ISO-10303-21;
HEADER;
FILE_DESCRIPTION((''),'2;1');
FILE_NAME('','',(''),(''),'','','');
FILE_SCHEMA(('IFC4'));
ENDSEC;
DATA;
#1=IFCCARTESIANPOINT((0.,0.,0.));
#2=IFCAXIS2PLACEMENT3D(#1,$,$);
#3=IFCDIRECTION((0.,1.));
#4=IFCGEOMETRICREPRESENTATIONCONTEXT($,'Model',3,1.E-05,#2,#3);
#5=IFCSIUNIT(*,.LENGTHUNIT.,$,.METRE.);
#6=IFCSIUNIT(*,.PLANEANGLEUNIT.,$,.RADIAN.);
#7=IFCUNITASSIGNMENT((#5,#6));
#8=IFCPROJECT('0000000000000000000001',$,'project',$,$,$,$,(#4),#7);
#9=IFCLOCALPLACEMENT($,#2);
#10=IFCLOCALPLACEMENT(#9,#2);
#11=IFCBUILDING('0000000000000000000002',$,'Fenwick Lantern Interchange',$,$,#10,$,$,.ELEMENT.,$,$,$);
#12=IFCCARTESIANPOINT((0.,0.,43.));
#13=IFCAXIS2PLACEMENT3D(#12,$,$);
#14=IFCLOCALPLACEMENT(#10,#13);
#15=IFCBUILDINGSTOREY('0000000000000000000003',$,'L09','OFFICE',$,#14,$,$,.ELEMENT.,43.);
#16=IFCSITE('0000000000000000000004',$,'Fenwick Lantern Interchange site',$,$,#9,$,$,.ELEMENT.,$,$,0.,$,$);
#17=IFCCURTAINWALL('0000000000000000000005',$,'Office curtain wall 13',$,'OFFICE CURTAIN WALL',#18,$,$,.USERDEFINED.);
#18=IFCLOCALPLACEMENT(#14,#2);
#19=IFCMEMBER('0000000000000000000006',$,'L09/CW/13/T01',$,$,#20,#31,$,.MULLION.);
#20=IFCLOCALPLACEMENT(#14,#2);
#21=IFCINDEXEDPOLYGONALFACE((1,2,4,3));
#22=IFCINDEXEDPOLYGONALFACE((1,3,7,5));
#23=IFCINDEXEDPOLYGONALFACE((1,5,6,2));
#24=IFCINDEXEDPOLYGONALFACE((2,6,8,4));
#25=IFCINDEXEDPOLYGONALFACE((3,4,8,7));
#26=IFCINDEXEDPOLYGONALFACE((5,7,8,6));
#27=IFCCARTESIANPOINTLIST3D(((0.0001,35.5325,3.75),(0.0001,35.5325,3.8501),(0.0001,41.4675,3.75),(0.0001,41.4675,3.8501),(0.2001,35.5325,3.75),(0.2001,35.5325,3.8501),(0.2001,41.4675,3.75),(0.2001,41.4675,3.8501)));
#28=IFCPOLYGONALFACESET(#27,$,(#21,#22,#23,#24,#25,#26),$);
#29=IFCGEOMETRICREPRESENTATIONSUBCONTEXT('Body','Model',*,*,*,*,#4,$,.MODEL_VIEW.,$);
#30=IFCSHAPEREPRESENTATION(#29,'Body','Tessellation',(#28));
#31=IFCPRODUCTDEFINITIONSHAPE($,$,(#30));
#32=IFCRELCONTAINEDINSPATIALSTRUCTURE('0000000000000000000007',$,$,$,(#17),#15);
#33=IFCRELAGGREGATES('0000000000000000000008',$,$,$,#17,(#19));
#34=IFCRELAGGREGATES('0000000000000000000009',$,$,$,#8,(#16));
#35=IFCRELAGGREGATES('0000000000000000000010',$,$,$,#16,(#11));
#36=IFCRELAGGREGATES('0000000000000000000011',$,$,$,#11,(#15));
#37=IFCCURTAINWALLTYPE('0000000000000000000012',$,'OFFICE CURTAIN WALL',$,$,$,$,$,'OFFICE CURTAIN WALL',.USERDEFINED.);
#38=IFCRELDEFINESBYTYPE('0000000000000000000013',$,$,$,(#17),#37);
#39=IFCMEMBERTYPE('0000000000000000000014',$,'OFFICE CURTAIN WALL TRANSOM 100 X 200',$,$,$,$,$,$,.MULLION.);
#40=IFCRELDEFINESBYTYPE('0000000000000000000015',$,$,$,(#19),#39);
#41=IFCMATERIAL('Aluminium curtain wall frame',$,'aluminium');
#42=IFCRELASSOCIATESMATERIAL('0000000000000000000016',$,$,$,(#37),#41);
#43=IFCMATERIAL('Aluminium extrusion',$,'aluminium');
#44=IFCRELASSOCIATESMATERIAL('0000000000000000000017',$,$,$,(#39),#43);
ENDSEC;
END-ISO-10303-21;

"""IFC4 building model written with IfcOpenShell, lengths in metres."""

from ifc_helpers import new_model, si_unit, direction, frame, origin, origin_2d, place, context, subcontext, project, spatial, rectangle, extrude, material, material_profile, profile_set, type_object, element, aggregate, save


model = new_model("IFC4")

# Units and contexts
model_context = context("Model", 3, precision=1e-05, world=origin(), true_north=direction((0.0, 1.0)))
body_context = subcontext(model_context, "Body", "Model", "MODEL_VIEW")
ifc_project = project(units=[si_unit("LENGTHUNIT", "METRE"), si_unit("PLANEANGLEUNIT", "RADIAN")], contexts=[model_context])

# Site, building, storey
site_placement = place(None, origin())
site = spatial("IfcSite", under=ifc_project, at=site_placement, Name="Fenwick Lantern Interchange site", CompositionType="ELEMENT", RefElevation=0.0)
building_placement = place(site_placement, origin())
building = spatial("IfcBuilding", under=site, at=building_placement, Name="Fenwick Lantern Interchange", CompositionType="ELEMENT")
storey_placement = place(building_placement, frame((0.0, 0.0, 43.0)))
storey = spatial("IfcBuildingStorey", under=building, at=storey_placement, Name="L09", Description="OFFICE", CompositionType="ELEMENT", Elevation=43.0)

# Curtain wall
ifc_material_1 = material(Name="Aluminium curtain wall frame", Category="aluminium")
curtain_wall_type = type_object("IfcCurtainWallType", Name="OFFICE CURTAIN WALL", ElementType="OFFICE CURTAIN WALL", PredefinedType="USERDEFINED", material=ifc_material_1)
ifc_material_2 = material(Name="Aluminium extrusion", Category="aluminium")
curtain_wall_1_placement = place(storey_placement, origin())
curtain_wall_1 = element("IfcCurtainWall", 1, at=curtain_wall_1_placement, inside=storey, type_object=curtain_wall_type, Name="Office curtain wall 13", ObjectType="OFFICE CURTAIN WALL", PredefinedType="USERDEFINED")

# Member
ifc_material_profile_1 = material_profile(ifc_material_2, rectangle(XDim=0.2, YDim=0.1001, at=origin_2d()), Name="OFFICE CURTAIN WALL TRANSOM 100 X 200")
ifc_profile_set_1 = profile_set([ifc_material_profile_1], Name="Aluminium extrusion")
member_type_1 = type_object("IfcMemberType", Name="OFFICE CURTAIN WALL TRANSOM 100 X 200", PredefinedType="MULLION", material=ifc_profile_set_1)
member_1_placement = place(storey_placement, frame((0.1001, 41.4675, 3.8), z_axis=(0.0, -1.0, 0.0), x_axis=(1.0, 0.0, 0.0)))
member_1 = element("IfcMember", 2, at=member_1_placement, type_object=member_type_1, Name="L09/CW/13/T01", PredefinedType="MULLION", context=body_context, shape_type="SweptSolid", body=[
    extrude(rectangle(XDim=0.2, YDim=0.1001, at=origin_2d()), origin(), (0.0, 0.0, 1.0), 5.9351),
])

aggregate(curtain_wall_1, [member_1])

save(model, "model.ifc")
